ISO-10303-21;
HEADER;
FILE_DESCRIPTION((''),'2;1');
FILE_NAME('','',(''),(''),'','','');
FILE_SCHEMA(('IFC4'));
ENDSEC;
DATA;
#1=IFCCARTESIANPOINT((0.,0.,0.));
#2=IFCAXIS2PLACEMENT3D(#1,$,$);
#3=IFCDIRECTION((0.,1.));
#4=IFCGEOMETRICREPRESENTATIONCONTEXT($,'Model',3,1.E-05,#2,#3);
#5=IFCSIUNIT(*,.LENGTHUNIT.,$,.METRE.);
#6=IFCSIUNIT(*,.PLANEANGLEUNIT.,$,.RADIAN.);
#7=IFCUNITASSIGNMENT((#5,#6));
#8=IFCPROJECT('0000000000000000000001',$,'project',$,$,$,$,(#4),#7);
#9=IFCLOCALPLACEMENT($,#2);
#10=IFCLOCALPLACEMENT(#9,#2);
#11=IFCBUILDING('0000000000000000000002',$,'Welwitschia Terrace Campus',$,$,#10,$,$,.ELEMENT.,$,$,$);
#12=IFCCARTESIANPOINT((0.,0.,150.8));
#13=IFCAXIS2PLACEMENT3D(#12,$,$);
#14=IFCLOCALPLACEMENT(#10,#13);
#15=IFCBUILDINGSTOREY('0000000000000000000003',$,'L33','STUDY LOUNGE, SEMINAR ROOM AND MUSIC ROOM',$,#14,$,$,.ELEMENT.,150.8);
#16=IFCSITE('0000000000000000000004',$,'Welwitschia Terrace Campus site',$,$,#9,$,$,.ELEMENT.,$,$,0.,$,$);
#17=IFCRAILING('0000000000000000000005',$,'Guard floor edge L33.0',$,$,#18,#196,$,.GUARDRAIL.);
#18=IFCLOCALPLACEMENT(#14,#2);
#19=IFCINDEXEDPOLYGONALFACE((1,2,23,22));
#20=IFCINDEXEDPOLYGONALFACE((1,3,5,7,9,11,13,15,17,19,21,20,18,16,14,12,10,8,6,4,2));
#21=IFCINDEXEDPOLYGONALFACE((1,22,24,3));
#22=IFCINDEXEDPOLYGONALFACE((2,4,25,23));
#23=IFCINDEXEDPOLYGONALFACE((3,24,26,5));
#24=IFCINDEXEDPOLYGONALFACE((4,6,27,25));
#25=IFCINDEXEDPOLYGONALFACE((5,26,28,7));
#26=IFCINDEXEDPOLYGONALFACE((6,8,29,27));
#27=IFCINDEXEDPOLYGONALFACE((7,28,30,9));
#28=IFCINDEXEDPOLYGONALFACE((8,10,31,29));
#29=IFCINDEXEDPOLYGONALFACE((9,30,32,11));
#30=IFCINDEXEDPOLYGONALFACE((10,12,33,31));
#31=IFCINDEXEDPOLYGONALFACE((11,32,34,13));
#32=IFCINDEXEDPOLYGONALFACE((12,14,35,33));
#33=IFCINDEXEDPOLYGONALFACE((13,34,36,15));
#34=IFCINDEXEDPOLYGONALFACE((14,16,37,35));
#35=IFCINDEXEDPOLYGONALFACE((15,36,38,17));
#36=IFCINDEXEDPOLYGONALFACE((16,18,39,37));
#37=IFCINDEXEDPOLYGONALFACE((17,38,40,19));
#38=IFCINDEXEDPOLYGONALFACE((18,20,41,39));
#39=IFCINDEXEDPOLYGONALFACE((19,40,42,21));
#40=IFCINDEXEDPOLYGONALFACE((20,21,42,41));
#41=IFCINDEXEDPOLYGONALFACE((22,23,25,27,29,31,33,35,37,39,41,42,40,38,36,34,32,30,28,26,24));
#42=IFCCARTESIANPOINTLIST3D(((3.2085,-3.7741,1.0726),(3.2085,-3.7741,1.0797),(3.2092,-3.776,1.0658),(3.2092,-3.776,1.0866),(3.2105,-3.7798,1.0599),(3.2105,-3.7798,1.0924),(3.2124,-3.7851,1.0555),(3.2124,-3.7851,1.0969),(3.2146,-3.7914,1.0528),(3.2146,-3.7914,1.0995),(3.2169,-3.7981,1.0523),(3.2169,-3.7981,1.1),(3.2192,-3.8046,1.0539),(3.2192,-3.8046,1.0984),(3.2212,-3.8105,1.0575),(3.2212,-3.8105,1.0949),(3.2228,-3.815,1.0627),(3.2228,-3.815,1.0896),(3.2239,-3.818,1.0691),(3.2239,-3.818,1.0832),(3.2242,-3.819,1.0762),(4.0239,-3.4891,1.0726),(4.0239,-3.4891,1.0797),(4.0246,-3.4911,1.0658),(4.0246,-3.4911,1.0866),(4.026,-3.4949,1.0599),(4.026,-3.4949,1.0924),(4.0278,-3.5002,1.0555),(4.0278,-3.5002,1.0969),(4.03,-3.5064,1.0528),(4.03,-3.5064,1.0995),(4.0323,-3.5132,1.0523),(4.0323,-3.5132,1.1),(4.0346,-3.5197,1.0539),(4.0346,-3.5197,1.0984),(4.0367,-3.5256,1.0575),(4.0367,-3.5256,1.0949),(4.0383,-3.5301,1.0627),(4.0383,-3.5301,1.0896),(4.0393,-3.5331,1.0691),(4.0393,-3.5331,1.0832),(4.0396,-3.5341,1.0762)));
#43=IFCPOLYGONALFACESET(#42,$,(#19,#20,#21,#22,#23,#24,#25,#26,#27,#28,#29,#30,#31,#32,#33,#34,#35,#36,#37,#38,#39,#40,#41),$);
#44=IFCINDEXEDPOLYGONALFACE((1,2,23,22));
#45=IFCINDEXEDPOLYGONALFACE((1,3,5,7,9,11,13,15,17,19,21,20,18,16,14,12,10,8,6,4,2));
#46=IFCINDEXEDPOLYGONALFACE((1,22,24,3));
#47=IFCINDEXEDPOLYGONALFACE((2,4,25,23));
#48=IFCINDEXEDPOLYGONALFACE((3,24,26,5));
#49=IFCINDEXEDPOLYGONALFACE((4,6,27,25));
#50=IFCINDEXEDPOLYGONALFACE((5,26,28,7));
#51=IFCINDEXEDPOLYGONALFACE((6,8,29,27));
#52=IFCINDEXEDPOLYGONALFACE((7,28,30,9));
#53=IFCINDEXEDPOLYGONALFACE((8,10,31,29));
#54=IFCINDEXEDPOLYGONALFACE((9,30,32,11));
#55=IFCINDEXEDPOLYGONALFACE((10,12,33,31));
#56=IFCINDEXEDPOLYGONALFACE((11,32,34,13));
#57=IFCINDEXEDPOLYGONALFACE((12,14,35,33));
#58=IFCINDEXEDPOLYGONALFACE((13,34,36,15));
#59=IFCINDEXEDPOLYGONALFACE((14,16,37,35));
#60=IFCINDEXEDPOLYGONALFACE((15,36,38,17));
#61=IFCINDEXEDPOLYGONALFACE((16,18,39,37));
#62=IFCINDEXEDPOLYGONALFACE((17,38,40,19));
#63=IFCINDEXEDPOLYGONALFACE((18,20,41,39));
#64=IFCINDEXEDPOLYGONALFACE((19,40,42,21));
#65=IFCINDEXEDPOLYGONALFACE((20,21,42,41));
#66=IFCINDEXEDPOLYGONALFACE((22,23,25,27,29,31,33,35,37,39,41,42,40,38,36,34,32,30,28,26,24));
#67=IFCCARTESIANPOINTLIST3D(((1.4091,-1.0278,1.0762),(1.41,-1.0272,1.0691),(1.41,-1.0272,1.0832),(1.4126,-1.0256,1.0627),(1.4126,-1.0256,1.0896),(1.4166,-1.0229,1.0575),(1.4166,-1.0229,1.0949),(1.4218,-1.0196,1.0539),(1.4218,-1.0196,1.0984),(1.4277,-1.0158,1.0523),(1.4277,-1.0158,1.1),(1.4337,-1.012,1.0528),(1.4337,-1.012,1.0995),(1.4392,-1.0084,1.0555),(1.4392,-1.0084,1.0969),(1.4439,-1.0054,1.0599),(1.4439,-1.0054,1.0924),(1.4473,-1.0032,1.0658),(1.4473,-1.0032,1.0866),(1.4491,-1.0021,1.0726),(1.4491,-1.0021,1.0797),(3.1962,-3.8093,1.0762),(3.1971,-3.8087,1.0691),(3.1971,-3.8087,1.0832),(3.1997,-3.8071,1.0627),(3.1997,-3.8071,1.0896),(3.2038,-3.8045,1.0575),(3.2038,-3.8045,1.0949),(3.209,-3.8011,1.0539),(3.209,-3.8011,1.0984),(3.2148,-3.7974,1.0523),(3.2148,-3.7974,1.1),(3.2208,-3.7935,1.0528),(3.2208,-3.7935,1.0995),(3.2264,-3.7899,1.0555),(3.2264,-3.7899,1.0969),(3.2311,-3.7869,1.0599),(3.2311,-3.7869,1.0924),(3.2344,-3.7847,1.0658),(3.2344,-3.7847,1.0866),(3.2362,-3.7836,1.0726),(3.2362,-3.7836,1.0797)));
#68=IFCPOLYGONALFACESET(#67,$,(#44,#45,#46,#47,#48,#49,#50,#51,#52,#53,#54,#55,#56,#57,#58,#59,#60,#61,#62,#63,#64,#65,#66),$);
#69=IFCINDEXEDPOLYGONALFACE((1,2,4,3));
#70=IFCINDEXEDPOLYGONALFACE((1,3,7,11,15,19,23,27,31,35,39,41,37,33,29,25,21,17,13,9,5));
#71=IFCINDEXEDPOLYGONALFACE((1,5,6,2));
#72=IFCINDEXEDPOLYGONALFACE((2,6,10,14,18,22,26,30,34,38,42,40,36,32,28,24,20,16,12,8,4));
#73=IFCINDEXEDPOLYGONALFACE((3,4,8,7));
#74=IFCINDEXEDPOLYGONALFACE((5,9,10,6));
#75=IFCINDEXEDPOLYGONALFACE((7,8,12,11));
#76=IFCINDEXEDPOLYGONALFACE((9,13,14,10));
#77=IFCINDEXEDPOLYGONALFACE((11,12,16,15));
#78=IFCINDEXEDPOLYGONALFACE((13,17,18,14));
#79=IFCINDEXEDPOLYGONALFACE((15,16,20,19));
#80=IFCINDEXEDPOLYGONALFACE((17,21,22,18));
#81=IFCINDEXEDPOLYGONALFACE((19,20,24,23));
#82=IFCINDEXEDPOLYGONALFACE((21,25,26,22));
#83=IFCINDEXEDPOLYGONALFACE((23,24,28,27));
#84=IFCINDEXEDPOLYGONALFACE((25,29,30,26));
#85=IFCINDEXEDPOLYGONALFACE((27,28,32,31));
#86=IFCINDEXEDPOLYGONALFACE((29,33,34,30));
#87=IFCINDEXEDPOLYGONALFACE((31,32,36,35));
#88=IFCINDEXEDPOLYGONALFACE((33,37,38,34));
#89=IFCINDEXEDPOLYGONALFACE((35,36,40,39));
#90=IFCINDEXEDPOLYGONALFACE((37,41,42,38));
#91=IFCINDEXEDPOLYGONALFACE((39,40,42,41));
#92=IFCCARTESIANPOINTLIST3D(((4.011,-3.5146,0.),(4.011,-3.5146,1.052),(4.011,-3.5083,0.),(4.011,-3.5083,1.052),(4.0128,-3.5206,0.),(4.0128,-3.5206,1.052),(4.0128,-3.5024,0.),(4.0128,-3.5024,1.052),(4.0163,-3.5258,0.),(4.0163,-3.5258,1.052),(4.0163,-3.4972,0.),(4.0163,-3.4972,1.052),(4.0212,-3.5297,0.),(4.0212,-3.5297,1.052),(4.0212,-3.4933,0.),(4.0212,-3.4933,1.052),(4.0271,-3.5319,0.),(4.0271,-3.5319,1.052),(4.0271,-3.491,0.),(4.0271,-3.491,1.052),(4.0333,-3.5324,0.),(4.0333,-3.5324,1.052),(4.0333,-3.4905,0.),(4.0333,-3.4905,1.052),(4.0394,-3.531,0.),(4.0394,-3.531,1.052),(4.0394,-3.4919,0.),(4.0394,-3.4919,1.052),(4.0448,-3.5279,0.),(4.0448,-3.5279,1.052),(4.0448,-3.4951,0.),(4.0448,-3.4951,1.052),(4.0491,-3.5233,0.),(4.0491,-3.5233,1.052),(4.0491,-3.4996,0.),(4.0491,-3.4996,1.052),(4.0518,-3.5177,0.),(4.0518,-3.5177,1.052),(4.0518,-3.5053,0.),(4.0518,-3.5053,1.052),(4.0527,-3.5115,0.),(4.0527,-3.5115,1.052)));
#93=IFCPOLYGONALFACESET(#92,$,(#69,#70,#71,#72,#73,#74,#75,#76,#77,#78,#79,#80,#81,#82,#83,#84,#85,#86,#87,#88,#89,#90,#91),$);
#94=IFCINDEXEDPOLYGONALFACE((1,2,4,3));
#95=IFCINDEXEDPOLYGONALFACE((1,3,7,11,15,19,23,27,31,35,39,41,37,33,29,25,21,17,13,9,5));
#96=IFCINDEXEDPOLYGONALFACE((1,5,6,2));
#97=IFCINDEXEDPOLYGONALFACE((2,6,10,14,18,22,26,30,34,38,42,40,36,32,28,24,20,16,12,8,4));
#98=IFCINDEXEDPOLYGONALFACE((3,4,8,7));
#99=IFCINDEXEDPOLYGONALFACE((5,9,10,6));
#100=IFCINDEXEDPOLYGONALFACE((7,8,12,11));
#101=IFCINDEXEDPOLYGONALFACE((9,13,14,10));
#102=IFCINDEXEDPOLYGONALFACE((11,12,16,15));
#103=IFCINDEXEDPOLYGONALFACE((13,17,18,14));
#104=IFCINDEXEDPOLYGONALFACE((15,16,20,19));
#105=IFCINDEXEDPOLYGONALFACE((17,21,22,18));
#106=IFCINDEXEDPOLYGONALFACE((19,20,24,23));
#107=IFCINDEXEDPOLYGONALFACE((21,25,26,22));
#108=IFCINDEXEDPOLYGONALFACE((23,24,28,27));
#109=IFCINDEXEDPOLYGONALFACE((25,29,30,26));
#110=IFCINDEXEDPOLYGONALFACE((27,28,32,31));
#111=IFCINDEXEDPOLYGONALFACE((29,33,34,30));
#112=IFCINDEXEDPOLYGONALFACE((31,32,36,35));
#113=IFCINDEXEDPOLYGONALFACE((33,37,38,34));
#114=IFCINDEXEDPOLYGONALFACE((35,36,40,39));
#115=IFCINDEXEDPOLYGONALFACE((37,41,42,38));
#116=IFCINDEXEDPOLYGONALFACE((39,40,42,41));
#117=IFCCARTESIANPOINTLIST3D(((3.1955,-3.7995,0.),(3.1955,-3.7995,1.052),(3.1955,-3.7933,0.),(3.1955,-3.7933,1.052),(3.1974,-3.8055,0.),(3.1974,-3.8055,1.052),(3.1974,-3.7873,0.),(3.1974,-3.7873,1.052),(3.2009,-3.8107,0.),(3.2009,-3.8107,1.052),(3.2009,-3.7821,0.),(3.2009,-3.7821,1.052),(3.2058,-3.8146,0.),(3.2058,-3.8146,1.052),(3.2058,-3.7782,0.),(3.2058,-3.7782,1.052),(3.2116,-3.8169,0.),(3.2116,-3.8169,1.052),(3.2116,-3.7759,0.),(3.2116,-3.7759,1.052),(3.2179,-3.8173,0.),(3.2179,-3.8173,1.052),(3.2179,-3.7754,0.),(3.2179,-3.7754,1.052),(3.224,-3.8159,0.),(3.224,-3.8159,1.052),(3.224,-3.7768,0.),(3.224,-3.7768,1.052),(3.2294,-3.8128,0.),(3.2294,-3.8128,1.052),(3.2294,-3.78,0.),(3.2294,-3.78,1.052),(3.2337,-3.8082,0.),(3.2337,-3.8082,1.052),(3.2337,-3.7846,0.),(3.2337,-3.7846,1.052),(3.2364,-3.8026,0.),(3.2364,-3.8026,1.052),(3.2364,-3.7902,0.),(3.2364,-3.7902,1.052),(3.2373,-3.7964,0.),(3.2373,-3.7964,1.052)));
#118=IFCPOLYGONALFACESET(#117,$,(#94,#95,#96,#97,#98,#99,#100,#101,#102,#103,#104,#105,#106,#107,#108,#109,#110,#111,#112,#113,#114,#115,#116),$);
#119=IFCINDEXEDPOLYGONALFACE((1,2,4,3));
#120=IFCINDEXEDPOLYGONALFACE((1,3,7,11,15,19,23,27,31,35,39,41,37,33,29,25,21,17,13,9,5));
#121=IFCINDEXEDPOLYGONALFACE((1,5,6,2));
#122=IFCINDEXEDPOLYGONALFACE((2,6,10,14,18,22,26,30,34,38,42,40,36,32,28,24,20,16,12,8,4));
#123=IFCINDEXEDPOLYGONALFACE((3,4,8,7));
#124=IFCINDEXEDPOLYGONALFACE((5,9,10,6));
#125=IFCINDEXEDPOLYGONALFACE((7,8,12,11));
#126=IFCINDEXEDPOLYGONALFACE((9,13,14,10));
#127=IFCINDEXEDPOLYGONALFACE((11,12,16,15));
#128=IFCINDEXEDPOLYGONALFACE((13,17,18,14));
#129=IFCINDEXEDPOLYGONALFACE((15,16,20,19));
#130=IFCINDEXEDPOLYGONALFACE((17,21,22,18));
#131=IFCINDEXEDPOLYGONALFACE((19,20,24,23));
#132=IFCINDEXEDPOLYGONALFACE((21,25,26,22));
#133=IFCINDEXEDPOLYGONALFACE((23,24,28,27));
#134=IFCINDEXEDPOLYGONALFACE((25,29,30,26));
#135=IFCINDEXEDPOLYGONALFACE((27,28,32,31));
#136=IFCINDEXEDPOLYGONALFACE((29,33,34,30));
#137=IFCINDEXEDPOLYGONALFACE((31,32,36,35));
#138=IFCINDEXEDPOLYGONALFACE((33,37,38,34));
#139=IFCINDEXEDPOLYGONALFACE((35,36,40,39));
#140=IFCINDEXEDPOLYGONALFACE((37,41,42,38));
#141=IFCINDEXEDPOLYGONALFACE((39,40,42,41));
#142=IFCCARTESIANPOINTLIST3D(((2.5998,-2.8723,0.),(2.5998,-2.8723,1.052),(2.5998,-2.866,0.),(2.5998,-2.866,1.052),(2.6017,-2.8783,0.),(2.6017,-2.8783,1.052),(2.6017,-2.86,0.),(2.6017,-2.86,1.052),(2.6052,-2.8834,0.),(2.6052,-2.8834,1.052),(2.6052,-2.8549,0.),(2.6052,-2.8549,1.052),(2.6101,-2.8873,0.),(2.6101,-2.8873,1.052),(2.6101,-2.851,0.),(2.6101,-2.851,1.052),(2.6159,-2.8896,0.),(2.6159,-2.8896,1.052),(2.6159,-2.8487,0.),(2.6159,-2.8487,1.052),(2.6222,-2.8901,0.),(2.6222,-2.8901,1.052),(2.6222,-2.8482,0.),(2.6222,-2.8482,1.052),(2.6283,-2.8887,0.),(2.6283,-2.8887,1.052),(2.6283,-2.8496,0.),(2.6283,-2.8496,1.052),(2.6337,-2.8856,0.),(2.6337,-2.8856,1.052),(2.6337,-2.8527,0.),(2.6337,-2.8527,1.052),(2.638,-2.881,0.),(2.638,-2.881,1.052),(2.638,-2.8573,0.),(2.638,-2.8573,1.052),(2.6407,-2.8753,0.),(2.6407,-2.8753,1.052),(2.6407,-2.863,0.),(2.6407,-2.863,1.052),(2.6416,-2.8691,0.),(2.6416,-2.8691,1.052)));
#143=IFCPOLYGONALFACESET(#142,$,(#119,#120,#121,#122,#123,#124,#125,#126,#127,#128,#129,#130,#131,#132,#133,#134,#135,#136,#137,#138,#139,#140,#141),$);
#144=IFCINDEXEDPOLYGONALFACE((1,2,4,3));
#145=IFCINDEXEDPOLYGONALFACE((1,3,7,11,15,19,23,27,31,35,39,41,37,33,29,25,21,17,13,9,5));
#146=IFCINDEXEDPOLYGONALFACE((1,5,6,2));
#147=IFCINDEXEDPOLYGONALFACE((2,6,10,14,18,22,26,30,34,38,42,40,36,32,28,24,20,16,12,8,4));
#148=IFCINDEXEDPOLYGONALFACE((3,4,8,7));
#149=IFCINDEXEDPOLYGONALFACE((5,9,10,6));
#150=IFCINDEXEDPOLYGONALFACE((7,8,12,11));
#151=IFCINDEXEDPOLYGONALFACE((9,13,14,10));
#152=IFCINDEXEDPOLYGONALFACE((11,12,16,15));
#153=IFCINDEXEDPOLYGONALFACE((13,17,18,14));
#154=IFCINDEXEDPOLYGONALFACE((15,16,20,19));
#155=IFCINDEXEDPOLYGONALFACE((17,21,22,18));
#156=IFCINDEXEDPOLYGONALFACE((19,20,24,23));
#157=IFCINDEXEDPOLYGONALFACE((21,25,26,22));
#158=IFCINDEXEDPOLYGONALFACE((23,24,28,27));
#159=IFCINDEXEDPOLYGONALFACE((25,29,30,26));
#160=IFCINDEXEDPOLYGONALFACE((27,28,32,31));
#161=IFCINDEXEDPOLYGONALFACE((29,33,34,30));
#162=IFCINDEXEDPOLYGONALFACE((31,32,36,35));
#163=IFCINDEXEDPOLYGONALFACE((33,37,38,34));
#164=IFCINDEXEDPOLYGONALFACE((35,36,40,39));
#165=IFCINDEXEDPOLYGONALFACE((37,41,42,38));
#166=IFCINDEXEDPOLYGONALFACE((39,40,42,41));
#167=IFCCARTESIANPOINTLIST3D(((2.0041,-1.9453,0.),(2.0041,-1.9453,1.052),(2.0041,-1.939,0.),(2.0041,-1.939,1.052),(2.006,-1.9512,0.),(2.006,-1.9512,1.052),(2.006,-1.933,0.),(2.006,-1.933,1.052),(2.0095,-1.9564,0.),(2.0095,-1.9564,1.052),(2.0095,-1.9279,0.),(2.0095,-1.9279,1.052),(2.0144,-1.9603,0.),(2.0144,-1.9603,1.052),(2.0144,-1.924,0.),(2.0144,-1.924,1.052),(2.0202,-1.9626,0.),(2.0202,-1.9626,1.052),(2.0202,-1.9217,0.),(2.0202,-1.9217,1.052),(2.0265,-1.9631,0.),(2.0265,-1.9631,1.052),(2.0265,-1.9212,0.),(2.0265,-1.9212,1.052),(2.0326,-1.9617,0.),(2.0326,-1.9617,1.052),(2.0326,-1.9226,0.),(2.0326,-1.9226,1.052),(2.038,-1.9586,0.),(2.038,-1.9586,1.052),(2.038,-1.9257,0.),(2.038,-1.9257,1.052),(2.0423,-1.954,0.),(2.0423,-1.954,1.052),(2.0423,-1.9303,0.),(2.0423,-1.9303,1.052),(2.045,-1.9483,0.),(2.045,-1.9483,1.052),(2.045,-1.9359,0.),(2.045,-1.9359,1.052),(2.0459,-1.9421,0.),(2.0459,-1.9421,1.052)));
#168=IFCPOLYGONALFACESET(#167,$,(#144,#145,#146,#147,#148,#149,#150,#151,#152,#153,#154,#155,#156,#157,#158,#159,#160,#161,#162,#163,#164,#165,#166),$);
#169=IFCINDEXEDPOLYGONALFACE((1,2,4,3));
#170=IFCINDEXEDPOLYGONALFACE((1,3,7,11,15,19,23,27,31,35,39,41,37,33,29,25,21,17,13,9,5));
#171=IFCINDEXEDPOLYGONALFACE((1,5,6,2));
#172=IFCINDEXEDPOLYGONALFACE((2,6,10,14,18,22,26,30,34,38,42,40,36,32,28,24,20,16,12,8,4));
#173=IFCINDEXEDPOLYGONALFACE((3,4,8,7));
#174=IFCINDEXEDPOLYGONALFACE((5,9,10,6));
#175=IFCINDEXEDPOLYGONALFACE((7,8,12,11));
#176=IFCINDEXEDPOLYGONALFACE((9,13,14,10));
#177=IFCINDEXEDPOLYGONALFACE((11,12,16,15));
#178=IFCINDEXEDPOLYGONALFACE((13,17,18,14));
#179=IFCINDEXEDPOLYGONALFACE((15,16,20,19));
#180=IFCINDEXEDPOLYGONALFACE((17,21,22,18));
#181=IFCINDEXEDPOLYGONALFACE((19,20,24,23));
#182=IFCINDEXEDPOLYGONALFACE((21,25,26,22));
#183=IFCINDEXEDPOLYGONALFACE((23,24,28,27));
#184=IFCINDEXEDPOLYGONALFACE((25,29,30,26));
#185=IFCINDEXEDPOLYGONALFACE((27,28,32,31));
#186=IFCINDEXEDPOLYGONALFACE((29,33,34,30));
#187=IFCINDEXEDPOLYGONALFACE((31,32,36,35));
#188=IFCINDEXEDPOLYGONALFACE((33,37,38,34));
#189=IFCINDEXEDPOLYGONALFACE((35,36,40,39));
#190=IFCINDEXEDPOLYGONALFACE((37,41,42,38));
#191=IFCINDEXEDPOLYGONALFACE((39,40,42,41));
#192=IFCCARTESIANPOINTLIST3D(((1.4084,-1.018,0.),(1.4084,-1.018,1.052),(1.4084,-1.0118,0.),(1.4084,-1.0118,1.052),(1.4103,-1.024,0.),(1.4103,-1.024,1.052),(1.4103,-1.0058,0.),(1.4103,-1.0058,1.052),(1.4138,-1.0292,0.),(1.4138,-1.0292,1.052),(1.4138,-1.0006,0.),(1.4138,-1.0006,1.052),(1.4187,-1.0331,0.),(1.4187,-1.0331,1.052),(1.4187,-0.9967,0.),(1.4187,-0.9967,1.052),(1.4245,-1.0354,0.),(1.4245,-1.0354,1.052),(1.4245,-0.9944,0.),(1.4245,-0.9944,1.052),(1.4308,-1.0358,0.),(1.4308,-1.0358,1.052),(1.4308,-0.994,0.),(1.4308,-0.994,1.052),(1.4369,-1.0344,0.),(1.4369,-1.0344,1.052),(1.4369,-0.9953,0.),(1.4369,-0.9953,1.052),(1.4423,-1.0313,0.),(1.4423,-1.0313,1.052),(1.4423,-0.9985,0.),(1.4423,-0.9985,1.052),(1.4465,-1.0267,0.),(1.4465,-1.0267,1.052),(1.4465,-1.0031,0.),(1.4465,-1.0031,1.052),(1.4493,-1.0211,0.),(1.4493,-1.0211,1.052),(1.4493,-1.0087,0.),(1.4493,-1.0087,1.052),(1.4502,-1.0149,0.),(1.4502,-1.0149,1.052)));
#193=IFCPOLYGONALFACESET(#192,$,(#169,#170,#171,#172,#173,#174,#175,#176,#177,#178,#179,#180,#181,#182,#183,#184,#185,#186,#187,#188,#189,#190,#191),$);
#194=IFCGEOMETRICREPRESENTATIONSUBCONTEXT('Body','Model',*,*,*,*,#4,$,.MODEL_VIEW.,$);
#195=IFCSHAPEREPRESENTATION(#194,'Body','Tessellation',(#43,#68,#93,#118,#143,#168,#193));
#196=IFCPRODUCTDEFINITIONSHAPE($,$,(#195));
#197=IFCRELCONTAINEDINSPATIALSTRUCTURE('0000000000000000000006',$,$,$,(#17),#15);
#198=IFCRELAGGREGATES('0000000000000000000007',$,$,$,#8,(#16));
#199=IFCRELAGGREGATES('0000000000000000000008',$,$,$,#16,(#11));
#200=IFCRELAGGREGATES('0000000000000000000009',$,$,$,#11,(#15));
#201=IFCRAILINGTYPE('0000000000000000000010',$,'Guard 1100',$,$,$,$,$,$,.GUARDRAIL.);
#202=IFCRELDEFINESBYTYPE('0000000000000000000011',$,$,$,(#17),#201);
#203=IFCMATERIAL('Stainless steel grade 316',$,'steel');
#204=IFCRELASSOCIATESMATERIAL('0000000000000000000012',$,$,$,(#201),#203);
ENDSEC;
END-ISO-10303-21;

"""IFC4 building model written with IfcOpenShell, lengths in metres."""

from ifc_helpers import new_model, si_unit, direction, frame, origin, origin_2d, place, context, subcontext, project, spatial, circle, extrude, material, type_object, element, save


model = new_model("IFC4")

# Units and contexts
model_context = context("Model", 3, precision=1e-05, world=origin(), true_north=direction((0.0, 1.0)))
body_context = subcontext(model_context, "Body", "Model", "MODEL_VIEW")
ifc_project = project(units=[si_unit("LENGTHUNIT", "METRE"), si_unit("PLANEANGLEUNIT", "RADIAN")], contexts=[model_context])

# Site, building, storey
site_placement = place(None, origin())
site = spatial("IfcSite", under=ifc_project, at=site_placement, Name="Welwitschia Terrace Campus site", CompositionType="ELEMENT", RefElevation=0.0)
building_placement = place(site_placement, origin())
building = spatial("IfcBuilding", under=site, at=building_placement, Name="Welwitschia Terrace Campus", CompositionType="ELEMENT")
storey_placement = place(building_placement, frame((0.0, 0.0, 150.8)))
storey = spatial("IfcBuildingStorey", under=building, at=storey_placement, Name="L33", Description="STUDY LOUNGE, SEMINAR ROOM AND MUSIC ROOM", CompositionType="ELEMENT", Elevation=150.8)

# Railing
ifc_material_1 = material(Name="Stainless steel grade 316", Category="steel")
railing_type = type_object("IfcRailingType", Name="Guard 1100", PredefinedType="GUARDRAIL", material=ifc_material_1)
railing_placement = place(storey_placement, frame((4.0317, -3.5115, 0.0)))
element("IfcRailing", 1, at=railing_placement, inside=storey, type_object=railing_type, Name="Guard floor edge L33.0", PredefinedType="GUARDRAIL", context=body_context, shape_type="SweptSolid", body=[
    extrude(circle(Radius=0.0239, at=origin_2d()), frame((0.0, 0.0, 1.0762), z_axis=(-0.944034, -0.329847, 0.0), x_axis=(0.329847, -0.944034, 0.0)), (0.0, 0.0, 1.0), 0.8638),
    extrude(circle(Radius=0.0239, at=origin_2d()), frame((-0.8154, -0.2849, 1.0762), z_axis=(-0.540545, 0.841315, 0.0), x_axis=(-0.841315, -0.540545, 0.0)), (0.0, 0.0, 1.0), 3.3062),
    extrude(circle(Radius=0.021, at=origin_2d()), origin(), (0.0, 0.0, 1.0), 1.052),
    extrude(circle(Radius=0.021, at=origin_2d()), frame((-0.8154, -0.2849, 0.0)), (0.0, 0.0, 1.0), 1.052),
    extrude(circle(Radius=0.021, at=origin_2d()), frame((-1.4111, 0.6423, 0.0)), (0.0, 0.0, 1.0), 1.052),
    extrude(circle(Radius=0.021, at=origin_2d()), frame((-2.0068, 1.5693, 0.0)), (0.0, 0.0, 1.0), 1.052),
    extrude(circle(Radius=0.021, at=origin_2d()), frame((-2.6025, 2.4966, 0.0)), (0.0, 0.0, 1.0), 1.052),
])

save(model, "model.ifc")
